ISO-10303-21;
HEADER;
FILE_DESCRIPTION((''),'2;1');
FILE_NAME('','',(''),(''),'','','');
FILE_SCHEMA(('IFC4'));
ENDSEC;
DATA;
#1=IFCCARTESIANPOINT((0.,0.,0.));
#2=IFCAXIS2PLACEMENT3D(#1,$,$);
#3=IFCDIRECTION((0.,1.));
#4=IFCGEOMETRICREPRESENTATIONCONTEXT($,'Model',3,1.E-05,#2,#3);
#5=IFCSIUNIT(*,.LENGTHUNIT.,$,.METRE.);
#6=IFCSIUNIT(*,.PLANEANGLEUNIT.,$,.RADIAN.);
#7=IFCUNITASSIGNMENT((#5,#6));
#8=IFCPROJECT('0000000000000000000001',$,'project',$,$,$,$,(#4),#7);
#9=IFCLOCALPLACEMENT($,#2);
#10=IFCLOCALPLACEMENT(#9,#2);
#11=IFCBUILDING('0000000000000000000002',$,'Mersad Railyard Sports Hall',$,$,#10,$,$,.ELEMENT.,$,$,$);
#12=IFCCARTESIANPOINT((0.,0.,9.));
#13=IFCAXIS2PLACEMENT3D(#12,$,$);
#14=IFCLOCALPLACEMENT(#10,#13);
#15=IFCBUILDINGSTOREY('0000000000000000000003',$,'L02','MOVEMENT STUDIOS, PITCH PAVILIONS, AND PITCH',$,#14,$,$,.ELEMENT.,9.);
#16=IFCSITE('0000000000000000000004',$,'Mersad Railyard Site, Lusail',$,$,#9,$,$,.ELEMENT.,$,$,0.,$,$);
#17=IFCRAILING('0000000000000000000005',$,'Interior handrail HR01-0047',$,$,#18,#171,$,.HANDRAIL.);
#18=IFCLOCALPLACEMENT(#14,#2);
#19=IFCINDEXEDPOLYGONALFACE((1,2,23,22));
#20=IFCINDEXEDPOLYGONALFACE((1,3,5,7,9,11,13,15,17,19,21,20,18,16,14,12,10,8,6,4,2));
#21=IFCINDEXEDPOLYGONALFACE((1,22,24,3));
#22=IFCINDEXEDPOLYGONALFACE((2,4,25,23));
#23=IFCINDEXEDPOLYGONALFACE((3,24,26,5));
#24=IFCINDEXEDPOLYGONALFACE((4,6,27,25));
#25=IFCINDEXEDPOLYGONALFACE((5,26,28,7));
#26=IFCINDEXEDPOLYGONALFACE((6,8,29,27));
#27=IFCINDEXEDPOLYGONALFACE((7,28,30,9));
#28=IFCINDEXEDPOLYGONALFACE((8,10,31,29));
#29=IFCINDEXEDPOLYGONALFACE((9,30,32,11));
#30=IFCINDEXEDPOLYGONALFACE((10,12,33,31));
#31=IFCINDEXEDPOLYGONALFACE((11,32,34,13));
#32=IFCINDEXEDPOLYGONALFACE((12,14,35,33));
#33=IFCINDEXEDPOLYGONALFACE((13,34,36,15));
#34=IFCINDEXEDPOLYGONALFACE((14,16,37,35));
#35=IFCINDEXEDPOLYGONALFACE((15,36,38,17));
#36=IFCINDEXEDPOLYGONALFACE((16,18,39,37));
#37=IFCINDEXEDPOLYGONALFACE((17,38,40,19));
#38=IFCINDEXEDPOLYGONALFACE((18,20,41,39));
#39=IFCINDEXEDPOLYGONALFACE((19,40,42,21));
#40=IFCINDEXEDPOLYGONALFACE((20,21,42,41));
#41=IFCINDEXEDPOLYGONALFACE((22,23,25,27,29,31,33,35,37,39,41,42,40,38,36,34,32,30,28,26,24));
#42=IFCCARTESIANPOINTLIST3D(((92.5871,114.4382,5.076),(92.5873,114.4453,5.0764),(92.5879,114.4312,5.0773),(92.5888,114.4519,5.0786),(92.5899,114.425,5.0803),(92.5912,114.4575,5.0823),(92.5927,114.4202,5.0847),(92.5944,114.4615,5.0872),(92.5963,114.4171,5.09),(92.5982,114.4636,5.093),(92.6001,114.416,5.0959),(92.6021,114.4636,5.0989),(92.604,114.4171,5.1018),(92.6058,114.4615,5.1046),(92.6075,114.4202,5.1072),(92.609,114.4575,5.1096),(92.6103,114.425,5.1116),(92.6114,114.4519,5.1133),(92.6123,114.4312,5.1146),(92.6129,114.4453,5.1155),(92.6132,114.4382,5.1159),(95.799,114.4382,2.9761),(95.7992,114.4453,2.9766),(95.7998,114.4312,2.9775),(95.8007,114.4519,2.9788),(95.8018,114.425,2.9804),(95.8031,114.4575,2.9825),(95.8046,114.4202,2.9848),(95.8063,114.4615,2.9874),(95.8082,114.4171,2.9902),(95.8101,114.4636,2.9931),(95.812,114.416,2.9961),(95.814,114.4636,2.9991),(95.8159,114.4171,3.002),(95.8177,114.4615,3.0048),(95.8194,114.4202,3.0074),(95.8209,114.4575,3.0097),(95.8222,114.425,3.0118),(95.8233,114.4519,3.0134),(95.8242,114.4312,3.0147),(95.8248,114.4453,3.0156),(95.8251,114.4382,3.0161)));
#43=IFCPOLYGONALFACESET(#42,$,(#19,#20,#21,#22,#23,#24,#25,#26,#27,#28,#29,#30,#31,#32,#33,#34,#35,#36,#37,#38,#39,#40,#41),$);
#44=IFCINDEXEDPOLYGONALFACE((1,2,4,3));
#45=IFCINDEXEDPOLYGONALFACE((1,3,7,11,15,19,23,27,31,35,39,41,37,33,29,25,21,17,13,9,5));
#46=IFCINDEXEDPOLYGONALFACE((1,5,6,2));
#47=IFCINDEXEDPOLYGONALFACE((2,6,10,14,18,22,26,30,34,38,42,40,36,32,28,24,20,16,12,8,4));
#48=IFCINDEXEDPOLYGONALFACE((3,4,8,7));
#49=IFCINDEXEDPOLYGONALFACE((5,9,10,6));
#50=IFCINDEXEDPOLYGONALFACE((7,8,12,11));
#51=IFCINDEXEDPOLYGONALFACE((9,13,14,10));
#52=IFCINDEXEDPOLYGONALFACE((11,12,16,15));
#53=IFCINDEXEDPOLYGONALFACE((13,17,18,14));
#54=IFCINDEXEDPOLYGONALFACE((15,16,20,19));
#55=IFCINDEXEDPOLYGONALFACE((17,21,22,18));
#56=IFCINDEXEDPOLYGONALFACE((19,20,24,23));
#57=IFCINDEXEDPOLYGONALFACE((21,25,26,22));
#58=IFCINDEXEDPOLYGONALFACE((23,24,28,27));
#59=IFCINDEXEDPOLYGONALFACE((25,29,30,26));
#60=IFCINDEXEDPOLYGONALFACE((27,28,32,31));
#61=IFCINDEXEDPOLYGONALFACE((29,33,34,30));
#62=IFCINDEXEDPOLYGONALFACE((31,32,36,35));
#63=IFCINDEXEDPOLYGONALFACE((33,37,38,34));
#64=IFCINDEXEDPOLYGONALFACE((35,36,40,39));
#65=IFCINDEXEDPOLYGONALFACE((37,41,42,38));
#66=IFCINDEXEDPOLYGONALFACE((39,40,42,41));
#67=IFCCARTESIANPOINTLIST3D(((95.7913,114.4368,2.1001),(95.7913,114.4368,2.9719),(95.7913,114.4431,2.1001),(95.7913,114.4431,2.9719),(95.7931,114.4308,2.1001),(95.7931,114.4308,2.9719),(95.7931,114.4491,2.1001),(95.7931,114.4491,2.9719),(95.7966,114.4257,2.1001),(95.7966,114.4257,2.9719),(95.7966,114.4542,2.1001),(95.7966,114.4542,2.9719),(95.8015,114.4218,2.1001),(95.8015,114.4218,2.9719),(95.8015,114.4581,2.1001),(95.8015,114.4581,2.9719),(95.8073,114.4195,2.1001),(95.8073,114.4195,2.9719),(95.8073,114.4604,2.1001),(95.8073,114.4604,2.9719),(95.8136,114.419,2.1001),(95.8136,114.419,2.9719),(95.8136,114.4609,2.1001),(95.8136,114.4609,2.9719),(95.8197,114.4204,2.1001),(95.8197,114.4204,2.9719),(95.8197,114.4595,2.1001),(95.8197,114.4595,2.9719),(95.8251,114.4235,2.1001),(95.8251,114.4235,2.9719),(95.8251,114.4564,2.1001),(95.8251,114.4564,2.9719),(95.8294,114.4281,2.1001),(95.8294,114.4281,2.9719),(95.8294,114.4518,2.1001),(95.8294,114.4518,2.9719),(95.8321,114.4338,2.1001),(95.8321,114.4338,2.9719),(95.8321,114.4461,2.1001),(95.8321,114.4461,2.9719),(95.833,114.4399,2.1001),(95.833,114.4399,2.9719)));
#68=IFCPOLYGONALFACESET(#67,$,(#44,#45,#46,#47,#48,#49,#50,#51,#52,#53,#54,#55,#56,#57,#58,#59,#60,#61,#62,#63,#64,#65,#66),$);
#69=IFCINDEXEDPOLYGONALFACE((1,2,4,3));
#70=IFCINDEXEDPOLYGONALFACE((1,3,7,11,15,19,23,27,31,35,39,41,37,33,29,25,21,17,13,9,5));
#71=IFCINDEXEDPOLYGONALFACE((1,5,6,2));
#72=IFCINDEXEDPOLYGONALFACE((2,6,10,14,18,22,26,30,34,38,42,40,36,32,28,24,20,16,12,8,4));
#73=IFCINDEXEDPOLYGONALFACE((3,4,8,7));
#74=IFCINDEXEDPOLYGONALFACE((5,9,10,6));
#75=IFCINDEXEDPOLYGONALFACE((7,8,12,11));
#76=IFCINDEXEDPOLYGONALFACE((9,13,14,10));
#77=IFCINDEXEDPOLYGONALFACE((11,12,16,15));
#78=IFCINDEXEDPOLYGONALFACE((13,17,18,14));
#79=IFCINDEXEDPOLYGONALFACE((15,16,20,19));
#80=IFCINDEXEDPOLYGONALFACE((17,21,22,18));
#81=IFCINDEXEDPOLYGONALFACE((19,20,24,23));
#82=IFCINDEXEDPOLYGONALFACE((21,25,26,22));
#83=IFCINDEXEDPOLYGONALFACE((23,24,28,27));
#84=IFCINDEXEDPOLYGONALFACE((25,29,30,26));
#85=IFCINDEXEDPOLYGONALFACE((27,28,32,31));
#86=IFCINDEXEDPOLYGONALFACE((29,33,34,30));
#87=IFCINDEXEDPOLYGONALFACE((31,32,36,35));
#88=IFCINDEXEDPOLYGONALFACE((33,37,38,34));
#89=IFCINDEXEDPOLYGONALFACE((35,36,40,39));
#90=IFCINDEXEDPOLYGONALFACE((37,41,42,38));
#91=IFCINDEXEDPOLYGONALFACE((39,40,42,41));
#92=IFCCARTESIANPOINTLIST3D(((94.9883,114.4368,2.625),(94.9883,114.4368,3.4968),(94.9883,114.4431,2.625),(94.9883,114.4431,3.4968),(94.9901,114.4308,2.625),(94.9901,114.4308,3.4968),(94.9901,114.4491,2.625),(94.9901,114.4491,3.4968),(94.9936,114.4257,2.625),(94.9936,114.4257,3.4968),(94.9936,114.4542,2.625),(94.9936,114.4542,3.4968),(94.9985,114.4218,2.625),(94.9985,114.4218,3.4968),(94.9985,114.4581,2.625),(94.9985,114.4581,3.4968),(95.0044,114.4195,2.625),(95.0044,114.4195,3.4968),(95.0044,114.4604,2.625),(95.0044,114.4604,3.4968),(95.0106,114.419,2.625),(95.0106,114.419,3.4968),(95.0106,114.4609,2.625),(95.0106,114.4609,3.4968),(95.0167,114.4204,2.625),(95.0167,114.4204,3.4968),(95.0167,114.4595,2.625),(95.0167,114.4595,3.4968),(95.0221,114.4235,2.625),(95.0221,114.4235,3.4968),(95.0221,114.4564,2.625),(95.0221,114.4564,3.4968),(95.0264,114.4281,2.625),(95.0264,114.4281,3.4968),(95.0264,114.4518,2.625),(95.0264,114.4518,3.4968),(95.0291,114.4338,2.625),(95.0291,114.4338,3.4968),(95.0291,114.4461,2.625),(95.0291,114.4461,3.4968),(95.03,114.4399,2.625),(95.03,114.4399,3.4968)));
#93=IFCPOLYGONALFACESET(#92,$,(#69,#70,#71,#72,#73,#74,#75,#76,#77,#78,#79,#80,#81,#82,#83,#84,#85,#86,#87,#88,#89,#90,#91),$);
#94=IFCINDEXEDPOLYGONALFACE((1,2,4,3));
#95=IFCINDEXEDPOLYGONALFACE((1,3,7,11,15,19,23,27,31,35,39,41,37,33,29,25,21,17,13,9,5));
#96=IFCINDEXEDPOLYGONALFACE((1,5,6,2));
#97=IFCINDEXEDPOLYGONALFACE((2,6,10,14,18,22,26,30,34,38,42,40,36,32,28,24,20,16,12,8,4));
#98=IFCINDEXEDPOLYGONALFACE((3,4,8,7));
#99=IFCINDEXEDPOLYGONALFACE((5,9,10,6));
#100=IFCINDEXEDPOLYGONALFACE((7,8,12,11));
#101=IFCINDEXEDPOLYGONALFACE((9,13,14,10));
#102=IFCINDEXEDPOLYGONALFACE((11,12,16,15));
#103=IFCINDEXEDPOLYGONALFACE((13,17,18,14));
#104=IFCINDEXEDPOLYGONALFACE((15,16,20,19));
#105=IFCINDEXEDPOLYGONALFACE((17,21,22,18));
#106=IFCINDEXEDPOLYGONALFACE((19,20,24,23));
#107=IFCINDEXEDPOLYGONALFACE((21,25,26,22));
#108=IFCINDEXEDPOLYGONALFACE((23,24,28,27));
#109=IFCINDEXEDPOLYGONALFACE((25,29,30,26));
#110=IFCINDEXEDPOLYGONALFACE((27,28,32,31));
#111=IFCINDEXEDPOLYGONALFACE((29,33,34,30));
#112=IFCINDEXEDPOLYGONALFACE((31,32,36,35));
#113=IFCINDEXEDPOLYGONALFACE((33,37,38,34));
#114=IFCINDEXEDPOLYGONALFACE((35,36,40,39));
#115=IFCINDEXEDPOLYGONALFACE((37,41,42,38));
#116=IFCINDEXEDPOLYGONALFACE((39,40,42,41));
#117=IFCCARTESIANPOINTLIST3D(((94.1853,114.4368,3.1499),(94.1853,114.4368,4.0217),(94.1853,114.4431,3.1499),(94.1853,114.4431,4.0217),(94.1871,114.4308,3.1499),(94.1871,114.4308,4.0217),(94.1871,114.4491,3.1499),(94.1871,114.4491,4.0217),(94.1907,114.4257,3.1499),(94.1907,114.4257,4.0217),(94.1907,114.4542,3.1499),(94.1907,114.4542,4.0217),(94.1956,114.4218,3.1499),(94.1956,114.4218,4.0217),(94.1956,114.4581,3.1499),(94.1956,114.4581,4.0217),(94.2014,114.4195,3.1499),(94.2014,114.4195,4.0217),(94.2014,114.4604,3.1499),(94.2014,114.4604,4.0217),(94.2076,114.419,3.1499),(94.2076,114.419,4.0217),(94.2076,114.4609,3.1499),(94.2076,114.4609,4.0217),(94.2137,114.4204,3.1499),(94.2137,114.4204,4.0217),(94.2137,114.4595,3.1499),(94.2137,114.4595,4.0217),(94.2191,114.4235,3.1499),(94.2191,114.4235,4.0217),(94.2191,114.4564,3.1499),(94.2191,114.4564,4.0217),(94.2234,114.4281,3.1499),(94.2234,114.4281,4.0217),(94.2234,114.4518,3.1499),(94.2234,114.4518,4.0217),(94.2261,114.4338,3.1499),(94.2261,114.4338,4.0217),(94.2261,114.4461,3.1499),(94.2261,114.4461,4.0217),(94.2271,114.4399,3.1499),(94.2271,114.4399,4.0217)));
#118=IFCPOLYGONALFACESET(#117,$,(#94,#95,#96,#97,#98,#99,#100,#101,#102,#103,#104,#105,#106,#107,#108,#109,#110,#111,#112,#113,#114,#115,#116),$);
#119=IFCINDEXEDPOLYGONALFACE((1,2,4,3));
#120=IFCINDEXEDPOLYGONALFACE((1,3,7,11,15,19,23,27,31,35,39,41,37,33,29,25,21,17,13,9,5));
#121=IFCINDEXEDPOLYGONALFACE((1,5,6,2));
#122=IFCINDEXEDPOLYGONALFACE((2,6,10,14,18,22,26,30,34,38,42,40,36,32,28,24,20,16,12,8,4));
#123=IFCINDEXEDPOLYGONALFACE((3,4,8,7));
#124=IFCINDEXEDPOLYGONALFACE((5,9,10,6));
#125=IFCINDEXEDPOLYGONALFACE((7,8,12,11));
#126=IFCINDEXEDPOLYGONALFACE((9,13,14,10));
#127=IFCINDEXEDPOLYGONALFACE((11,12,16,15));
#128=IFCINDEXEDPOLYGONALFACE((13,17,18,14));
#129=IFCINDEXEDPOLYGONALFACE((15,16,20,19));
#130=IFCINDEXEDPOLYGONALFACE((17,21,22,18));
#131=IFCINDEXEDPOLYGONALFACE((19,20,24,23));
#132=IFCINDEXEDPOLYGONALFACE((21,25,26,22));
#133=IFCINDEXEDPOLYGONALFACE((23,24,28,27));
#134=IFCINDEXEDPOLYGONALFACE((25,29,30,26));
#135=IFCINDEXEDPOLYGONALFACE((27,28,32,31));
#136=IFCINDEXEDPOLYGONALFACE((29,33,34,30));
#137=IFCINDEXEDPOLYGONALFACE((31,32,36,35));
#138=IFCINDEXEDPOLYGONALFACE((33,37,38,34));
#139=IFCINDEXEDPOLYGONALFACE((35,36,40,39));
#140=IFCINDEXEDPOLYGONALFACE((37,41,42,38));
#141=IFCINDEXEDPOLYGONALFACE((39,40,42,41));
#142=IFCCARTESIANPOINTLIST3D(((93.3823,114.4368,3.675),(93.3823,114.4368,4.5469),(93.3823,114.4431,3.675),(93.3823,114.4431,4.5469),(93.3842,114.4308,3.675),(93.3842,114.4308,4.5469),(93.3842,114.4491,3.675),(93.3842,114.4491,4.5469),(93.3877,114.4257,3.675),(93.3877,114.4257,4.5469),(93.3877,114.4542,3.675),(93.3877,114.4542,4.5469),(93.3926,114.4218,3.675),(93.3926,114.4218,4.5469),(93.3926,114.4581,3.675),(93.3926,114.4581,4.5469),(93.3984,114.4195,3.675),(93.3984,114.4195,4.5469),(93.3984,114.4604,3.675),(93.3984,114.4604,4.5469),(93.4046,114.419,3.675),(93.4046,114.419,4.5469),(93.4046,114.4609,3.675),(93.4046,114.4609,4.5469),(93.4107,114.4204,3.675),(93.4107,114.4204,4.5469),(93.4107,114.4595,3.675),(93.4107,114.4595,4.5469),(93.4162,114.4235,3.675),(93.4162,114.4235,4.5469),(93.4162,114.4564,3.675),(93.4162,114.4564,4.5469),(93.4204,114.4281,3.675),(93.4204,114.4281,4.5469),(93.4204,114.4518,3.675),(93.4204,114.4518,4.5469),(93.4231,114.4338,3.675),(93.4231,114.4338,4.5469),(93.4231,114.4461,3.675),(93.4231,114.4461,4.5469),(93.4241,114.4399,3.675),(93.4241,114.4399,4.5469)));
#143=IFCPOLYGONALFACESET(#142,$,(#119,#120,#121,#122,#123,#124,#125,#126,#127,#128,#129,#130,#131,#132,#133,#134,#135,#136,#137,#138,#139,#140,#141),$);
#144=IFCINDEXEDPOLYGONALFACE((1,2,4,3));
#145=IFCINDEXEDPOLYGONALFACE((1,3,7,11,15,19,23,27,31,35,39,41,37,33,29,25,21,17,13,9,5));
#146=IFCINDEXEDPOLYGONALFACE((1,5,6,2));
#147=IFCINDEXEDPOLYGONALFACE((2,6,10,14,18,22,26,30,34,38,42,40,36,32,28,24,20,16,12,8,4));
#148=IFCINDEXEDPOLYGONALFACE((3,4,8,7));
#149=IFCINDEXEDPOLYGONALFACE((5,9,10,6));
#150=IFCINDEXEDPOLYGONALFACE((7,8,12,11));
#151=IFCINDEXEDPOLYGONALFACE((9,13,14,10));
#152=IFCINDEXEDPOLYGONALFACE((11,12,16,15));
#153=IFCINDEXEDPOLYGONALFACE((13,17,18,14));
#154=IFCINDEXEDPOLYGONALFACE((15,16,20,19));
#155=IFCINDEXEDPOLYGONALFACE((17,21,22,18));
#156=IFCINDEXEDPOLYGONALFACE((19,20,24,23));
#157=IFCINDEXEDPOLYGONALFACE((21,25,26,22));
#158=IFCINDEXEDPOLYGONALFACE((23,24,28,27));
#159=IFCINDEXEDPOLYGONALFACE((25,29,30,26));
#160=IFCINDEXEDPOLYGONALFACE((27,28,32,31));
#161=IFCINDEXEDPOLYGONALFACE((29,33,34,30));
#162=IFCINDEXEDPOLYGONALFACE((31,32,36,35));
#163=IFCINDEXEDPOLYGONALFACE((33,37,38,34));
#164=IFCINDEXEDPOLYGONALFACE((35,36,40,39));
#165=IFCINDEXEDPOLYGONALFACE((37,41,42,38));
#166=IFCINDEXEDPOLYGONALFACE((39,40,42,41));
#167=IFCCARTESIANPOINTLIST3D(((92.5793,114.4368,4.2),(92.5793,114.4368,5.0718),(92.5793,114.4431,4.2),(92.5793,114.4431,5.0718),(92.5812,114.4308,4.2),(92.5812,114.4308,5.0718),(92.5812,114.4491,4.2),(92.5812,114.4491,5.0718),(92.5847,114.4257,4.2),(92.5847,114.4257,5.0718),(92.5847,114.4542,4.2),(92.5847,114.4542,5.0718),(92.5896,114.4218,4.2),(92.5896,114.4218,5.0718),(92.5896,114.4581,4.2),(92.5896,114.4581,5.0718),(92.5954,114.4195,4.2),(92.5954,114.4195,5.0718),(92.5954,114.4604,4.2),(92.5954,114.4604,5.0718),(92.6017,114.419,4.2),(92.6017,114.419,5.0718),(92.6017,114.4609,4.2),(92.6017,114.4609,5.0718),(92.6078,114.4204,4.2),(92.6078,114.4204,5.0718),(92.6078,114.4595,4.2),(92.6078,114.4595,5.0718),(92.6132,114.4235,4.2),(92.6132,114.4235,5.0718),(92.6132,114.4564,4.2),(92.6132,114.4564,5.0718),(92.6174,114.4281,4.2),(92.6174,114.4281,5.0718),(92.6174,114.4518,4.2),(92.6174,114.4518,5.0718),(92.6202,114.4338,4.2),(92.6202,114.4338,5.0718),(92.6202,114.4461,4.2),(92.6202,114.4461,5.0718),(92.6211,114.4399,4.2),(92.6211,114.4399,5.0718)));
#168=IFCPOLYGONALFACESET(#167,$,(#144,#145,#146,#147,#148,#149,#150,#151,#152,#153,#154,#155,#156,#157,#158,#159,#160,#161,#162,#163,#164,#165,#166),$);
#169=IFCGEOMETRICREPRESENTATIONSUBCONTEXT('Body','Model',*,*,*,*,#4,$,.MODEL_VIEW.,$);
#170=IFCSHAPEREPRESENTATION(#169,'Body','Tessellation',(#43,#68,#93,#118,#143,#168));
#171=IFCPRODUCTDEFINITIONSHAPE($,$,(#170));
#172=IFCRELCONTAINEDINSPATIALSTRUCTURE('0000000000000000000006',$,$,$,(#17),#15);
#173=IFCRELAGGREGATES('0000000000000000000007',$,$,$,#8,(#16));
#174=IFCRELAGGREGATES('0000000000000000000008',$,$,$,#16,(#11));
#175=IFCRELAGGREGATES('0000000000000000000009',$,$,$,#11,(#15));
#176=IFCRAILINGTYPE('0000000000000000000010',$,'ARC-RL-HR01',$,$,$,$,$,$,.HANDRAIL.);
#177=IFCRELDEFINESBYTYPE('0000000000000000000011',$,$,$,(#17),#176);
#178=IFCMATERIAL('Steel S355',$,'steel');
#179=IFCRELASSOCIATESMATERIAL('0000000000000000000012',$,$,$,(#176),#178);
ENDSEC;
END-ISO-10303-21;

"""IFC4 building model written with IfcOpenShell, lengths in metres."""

from ifc_helpers import new_model, si_unit, direction, frame, origin, origin_2d, place, context, subcontext, project, spatial, circle, extrude, material, type_object, element, save


model = new_model("IFC4")

# Units and contexts
model_context = context("Model", 3, precision=1e-05, world=origin(), true_north=direction((0.0, 1.0)))
body_context = subcontext(model_context, "Body", "Model", "MODEL_VIEW")
ifc_project = project(units=[si_unit("LENGTHUNIT", "METRE"), si_unit("PLANEANGLEUNIT", "RADIAN")], contexts=[model_context])

# Site, building, storey
site_placement = place(None, origin())
site = spatial("IfcSite", under=ifc_project, at=site_placement, Name="Mersad Railyard Site, Lusail", CompositionType="ELEMENT", RefElevation=0.0)
building_placement = place(site_placement, origin())
building = spatial("IfcBuilding", under=site, at=building_placement, Name="Mersad Railyard Sports Hall", CompositionType="ELEMENT")
storey_placement = place(building_placement, frame((0.0, 0.0, 9.0)))
storey = spatial("IfcBuildingStorey", under=building, at=storey_placement, Name="L02", Description="MOVEMENT STUDIOS, PITCH PAVILIONS, AND PITCH", CompositionType="ELEMENT", Elevation=9.0)

# Railing
ifc_material_1 = material(Name="Steel S355", Category="steel")
railing_type_1 = type_object("IfcRailingType", Name="ARC-RL-HR01", PredefinedType="HANDRAIL", material=ifc_material_1)
railing_1_placement = place(storey_placement, frame((95.812, 114.4399, 2.1001)))
element("IfcRailing", 1, at=railing_1_placement, inside=storey, type_object=railing_type_1, Name="Interior handrail HR01-0047", PredefinedType="HANDRAIL", context=body_context, shape_type="SweptSolid", body=[
    extrude(circle(Radius=0.0239, at=origin_2d()), frame((0.0, 0.0, 0.896), z_axis=(-0.836999, 0.0, 0.547205), x_axis=(0.0, -1.0, 0.0)), (0.0, 0.0, 1.0), 3.8374),
    extrude(circle(Radius=0.021, at=origin_2d()), origin(), (0.0, 0.0, 1.0), 0.8718),
    extrude(circle(Radius=0.021, at=origin_2d()), frame((-0.803, 0.0, 0.5249)), (0.0, 0.0, 1.0), 0.8718),
    extrude(circle(Radius=0.021, at=origin_2d()), frame((-1.606, 0.0, 1.0498)), (0.0, 0.0, 1.0), 0.8718),
    extrude(circle(Radius=0.021, at=origin_2d()), frame((-2.4089, 0.0, 1.575)), (0.0, 0.0, 1.0), 0.8718),
    extrude(circle(Radius=0.021, at=origin_2d()), frame((-3.2119, 0.0, 2.0999)), (0.0, 0.0, 1.0), 0.8718),
])

save(model, "model.ifc")
